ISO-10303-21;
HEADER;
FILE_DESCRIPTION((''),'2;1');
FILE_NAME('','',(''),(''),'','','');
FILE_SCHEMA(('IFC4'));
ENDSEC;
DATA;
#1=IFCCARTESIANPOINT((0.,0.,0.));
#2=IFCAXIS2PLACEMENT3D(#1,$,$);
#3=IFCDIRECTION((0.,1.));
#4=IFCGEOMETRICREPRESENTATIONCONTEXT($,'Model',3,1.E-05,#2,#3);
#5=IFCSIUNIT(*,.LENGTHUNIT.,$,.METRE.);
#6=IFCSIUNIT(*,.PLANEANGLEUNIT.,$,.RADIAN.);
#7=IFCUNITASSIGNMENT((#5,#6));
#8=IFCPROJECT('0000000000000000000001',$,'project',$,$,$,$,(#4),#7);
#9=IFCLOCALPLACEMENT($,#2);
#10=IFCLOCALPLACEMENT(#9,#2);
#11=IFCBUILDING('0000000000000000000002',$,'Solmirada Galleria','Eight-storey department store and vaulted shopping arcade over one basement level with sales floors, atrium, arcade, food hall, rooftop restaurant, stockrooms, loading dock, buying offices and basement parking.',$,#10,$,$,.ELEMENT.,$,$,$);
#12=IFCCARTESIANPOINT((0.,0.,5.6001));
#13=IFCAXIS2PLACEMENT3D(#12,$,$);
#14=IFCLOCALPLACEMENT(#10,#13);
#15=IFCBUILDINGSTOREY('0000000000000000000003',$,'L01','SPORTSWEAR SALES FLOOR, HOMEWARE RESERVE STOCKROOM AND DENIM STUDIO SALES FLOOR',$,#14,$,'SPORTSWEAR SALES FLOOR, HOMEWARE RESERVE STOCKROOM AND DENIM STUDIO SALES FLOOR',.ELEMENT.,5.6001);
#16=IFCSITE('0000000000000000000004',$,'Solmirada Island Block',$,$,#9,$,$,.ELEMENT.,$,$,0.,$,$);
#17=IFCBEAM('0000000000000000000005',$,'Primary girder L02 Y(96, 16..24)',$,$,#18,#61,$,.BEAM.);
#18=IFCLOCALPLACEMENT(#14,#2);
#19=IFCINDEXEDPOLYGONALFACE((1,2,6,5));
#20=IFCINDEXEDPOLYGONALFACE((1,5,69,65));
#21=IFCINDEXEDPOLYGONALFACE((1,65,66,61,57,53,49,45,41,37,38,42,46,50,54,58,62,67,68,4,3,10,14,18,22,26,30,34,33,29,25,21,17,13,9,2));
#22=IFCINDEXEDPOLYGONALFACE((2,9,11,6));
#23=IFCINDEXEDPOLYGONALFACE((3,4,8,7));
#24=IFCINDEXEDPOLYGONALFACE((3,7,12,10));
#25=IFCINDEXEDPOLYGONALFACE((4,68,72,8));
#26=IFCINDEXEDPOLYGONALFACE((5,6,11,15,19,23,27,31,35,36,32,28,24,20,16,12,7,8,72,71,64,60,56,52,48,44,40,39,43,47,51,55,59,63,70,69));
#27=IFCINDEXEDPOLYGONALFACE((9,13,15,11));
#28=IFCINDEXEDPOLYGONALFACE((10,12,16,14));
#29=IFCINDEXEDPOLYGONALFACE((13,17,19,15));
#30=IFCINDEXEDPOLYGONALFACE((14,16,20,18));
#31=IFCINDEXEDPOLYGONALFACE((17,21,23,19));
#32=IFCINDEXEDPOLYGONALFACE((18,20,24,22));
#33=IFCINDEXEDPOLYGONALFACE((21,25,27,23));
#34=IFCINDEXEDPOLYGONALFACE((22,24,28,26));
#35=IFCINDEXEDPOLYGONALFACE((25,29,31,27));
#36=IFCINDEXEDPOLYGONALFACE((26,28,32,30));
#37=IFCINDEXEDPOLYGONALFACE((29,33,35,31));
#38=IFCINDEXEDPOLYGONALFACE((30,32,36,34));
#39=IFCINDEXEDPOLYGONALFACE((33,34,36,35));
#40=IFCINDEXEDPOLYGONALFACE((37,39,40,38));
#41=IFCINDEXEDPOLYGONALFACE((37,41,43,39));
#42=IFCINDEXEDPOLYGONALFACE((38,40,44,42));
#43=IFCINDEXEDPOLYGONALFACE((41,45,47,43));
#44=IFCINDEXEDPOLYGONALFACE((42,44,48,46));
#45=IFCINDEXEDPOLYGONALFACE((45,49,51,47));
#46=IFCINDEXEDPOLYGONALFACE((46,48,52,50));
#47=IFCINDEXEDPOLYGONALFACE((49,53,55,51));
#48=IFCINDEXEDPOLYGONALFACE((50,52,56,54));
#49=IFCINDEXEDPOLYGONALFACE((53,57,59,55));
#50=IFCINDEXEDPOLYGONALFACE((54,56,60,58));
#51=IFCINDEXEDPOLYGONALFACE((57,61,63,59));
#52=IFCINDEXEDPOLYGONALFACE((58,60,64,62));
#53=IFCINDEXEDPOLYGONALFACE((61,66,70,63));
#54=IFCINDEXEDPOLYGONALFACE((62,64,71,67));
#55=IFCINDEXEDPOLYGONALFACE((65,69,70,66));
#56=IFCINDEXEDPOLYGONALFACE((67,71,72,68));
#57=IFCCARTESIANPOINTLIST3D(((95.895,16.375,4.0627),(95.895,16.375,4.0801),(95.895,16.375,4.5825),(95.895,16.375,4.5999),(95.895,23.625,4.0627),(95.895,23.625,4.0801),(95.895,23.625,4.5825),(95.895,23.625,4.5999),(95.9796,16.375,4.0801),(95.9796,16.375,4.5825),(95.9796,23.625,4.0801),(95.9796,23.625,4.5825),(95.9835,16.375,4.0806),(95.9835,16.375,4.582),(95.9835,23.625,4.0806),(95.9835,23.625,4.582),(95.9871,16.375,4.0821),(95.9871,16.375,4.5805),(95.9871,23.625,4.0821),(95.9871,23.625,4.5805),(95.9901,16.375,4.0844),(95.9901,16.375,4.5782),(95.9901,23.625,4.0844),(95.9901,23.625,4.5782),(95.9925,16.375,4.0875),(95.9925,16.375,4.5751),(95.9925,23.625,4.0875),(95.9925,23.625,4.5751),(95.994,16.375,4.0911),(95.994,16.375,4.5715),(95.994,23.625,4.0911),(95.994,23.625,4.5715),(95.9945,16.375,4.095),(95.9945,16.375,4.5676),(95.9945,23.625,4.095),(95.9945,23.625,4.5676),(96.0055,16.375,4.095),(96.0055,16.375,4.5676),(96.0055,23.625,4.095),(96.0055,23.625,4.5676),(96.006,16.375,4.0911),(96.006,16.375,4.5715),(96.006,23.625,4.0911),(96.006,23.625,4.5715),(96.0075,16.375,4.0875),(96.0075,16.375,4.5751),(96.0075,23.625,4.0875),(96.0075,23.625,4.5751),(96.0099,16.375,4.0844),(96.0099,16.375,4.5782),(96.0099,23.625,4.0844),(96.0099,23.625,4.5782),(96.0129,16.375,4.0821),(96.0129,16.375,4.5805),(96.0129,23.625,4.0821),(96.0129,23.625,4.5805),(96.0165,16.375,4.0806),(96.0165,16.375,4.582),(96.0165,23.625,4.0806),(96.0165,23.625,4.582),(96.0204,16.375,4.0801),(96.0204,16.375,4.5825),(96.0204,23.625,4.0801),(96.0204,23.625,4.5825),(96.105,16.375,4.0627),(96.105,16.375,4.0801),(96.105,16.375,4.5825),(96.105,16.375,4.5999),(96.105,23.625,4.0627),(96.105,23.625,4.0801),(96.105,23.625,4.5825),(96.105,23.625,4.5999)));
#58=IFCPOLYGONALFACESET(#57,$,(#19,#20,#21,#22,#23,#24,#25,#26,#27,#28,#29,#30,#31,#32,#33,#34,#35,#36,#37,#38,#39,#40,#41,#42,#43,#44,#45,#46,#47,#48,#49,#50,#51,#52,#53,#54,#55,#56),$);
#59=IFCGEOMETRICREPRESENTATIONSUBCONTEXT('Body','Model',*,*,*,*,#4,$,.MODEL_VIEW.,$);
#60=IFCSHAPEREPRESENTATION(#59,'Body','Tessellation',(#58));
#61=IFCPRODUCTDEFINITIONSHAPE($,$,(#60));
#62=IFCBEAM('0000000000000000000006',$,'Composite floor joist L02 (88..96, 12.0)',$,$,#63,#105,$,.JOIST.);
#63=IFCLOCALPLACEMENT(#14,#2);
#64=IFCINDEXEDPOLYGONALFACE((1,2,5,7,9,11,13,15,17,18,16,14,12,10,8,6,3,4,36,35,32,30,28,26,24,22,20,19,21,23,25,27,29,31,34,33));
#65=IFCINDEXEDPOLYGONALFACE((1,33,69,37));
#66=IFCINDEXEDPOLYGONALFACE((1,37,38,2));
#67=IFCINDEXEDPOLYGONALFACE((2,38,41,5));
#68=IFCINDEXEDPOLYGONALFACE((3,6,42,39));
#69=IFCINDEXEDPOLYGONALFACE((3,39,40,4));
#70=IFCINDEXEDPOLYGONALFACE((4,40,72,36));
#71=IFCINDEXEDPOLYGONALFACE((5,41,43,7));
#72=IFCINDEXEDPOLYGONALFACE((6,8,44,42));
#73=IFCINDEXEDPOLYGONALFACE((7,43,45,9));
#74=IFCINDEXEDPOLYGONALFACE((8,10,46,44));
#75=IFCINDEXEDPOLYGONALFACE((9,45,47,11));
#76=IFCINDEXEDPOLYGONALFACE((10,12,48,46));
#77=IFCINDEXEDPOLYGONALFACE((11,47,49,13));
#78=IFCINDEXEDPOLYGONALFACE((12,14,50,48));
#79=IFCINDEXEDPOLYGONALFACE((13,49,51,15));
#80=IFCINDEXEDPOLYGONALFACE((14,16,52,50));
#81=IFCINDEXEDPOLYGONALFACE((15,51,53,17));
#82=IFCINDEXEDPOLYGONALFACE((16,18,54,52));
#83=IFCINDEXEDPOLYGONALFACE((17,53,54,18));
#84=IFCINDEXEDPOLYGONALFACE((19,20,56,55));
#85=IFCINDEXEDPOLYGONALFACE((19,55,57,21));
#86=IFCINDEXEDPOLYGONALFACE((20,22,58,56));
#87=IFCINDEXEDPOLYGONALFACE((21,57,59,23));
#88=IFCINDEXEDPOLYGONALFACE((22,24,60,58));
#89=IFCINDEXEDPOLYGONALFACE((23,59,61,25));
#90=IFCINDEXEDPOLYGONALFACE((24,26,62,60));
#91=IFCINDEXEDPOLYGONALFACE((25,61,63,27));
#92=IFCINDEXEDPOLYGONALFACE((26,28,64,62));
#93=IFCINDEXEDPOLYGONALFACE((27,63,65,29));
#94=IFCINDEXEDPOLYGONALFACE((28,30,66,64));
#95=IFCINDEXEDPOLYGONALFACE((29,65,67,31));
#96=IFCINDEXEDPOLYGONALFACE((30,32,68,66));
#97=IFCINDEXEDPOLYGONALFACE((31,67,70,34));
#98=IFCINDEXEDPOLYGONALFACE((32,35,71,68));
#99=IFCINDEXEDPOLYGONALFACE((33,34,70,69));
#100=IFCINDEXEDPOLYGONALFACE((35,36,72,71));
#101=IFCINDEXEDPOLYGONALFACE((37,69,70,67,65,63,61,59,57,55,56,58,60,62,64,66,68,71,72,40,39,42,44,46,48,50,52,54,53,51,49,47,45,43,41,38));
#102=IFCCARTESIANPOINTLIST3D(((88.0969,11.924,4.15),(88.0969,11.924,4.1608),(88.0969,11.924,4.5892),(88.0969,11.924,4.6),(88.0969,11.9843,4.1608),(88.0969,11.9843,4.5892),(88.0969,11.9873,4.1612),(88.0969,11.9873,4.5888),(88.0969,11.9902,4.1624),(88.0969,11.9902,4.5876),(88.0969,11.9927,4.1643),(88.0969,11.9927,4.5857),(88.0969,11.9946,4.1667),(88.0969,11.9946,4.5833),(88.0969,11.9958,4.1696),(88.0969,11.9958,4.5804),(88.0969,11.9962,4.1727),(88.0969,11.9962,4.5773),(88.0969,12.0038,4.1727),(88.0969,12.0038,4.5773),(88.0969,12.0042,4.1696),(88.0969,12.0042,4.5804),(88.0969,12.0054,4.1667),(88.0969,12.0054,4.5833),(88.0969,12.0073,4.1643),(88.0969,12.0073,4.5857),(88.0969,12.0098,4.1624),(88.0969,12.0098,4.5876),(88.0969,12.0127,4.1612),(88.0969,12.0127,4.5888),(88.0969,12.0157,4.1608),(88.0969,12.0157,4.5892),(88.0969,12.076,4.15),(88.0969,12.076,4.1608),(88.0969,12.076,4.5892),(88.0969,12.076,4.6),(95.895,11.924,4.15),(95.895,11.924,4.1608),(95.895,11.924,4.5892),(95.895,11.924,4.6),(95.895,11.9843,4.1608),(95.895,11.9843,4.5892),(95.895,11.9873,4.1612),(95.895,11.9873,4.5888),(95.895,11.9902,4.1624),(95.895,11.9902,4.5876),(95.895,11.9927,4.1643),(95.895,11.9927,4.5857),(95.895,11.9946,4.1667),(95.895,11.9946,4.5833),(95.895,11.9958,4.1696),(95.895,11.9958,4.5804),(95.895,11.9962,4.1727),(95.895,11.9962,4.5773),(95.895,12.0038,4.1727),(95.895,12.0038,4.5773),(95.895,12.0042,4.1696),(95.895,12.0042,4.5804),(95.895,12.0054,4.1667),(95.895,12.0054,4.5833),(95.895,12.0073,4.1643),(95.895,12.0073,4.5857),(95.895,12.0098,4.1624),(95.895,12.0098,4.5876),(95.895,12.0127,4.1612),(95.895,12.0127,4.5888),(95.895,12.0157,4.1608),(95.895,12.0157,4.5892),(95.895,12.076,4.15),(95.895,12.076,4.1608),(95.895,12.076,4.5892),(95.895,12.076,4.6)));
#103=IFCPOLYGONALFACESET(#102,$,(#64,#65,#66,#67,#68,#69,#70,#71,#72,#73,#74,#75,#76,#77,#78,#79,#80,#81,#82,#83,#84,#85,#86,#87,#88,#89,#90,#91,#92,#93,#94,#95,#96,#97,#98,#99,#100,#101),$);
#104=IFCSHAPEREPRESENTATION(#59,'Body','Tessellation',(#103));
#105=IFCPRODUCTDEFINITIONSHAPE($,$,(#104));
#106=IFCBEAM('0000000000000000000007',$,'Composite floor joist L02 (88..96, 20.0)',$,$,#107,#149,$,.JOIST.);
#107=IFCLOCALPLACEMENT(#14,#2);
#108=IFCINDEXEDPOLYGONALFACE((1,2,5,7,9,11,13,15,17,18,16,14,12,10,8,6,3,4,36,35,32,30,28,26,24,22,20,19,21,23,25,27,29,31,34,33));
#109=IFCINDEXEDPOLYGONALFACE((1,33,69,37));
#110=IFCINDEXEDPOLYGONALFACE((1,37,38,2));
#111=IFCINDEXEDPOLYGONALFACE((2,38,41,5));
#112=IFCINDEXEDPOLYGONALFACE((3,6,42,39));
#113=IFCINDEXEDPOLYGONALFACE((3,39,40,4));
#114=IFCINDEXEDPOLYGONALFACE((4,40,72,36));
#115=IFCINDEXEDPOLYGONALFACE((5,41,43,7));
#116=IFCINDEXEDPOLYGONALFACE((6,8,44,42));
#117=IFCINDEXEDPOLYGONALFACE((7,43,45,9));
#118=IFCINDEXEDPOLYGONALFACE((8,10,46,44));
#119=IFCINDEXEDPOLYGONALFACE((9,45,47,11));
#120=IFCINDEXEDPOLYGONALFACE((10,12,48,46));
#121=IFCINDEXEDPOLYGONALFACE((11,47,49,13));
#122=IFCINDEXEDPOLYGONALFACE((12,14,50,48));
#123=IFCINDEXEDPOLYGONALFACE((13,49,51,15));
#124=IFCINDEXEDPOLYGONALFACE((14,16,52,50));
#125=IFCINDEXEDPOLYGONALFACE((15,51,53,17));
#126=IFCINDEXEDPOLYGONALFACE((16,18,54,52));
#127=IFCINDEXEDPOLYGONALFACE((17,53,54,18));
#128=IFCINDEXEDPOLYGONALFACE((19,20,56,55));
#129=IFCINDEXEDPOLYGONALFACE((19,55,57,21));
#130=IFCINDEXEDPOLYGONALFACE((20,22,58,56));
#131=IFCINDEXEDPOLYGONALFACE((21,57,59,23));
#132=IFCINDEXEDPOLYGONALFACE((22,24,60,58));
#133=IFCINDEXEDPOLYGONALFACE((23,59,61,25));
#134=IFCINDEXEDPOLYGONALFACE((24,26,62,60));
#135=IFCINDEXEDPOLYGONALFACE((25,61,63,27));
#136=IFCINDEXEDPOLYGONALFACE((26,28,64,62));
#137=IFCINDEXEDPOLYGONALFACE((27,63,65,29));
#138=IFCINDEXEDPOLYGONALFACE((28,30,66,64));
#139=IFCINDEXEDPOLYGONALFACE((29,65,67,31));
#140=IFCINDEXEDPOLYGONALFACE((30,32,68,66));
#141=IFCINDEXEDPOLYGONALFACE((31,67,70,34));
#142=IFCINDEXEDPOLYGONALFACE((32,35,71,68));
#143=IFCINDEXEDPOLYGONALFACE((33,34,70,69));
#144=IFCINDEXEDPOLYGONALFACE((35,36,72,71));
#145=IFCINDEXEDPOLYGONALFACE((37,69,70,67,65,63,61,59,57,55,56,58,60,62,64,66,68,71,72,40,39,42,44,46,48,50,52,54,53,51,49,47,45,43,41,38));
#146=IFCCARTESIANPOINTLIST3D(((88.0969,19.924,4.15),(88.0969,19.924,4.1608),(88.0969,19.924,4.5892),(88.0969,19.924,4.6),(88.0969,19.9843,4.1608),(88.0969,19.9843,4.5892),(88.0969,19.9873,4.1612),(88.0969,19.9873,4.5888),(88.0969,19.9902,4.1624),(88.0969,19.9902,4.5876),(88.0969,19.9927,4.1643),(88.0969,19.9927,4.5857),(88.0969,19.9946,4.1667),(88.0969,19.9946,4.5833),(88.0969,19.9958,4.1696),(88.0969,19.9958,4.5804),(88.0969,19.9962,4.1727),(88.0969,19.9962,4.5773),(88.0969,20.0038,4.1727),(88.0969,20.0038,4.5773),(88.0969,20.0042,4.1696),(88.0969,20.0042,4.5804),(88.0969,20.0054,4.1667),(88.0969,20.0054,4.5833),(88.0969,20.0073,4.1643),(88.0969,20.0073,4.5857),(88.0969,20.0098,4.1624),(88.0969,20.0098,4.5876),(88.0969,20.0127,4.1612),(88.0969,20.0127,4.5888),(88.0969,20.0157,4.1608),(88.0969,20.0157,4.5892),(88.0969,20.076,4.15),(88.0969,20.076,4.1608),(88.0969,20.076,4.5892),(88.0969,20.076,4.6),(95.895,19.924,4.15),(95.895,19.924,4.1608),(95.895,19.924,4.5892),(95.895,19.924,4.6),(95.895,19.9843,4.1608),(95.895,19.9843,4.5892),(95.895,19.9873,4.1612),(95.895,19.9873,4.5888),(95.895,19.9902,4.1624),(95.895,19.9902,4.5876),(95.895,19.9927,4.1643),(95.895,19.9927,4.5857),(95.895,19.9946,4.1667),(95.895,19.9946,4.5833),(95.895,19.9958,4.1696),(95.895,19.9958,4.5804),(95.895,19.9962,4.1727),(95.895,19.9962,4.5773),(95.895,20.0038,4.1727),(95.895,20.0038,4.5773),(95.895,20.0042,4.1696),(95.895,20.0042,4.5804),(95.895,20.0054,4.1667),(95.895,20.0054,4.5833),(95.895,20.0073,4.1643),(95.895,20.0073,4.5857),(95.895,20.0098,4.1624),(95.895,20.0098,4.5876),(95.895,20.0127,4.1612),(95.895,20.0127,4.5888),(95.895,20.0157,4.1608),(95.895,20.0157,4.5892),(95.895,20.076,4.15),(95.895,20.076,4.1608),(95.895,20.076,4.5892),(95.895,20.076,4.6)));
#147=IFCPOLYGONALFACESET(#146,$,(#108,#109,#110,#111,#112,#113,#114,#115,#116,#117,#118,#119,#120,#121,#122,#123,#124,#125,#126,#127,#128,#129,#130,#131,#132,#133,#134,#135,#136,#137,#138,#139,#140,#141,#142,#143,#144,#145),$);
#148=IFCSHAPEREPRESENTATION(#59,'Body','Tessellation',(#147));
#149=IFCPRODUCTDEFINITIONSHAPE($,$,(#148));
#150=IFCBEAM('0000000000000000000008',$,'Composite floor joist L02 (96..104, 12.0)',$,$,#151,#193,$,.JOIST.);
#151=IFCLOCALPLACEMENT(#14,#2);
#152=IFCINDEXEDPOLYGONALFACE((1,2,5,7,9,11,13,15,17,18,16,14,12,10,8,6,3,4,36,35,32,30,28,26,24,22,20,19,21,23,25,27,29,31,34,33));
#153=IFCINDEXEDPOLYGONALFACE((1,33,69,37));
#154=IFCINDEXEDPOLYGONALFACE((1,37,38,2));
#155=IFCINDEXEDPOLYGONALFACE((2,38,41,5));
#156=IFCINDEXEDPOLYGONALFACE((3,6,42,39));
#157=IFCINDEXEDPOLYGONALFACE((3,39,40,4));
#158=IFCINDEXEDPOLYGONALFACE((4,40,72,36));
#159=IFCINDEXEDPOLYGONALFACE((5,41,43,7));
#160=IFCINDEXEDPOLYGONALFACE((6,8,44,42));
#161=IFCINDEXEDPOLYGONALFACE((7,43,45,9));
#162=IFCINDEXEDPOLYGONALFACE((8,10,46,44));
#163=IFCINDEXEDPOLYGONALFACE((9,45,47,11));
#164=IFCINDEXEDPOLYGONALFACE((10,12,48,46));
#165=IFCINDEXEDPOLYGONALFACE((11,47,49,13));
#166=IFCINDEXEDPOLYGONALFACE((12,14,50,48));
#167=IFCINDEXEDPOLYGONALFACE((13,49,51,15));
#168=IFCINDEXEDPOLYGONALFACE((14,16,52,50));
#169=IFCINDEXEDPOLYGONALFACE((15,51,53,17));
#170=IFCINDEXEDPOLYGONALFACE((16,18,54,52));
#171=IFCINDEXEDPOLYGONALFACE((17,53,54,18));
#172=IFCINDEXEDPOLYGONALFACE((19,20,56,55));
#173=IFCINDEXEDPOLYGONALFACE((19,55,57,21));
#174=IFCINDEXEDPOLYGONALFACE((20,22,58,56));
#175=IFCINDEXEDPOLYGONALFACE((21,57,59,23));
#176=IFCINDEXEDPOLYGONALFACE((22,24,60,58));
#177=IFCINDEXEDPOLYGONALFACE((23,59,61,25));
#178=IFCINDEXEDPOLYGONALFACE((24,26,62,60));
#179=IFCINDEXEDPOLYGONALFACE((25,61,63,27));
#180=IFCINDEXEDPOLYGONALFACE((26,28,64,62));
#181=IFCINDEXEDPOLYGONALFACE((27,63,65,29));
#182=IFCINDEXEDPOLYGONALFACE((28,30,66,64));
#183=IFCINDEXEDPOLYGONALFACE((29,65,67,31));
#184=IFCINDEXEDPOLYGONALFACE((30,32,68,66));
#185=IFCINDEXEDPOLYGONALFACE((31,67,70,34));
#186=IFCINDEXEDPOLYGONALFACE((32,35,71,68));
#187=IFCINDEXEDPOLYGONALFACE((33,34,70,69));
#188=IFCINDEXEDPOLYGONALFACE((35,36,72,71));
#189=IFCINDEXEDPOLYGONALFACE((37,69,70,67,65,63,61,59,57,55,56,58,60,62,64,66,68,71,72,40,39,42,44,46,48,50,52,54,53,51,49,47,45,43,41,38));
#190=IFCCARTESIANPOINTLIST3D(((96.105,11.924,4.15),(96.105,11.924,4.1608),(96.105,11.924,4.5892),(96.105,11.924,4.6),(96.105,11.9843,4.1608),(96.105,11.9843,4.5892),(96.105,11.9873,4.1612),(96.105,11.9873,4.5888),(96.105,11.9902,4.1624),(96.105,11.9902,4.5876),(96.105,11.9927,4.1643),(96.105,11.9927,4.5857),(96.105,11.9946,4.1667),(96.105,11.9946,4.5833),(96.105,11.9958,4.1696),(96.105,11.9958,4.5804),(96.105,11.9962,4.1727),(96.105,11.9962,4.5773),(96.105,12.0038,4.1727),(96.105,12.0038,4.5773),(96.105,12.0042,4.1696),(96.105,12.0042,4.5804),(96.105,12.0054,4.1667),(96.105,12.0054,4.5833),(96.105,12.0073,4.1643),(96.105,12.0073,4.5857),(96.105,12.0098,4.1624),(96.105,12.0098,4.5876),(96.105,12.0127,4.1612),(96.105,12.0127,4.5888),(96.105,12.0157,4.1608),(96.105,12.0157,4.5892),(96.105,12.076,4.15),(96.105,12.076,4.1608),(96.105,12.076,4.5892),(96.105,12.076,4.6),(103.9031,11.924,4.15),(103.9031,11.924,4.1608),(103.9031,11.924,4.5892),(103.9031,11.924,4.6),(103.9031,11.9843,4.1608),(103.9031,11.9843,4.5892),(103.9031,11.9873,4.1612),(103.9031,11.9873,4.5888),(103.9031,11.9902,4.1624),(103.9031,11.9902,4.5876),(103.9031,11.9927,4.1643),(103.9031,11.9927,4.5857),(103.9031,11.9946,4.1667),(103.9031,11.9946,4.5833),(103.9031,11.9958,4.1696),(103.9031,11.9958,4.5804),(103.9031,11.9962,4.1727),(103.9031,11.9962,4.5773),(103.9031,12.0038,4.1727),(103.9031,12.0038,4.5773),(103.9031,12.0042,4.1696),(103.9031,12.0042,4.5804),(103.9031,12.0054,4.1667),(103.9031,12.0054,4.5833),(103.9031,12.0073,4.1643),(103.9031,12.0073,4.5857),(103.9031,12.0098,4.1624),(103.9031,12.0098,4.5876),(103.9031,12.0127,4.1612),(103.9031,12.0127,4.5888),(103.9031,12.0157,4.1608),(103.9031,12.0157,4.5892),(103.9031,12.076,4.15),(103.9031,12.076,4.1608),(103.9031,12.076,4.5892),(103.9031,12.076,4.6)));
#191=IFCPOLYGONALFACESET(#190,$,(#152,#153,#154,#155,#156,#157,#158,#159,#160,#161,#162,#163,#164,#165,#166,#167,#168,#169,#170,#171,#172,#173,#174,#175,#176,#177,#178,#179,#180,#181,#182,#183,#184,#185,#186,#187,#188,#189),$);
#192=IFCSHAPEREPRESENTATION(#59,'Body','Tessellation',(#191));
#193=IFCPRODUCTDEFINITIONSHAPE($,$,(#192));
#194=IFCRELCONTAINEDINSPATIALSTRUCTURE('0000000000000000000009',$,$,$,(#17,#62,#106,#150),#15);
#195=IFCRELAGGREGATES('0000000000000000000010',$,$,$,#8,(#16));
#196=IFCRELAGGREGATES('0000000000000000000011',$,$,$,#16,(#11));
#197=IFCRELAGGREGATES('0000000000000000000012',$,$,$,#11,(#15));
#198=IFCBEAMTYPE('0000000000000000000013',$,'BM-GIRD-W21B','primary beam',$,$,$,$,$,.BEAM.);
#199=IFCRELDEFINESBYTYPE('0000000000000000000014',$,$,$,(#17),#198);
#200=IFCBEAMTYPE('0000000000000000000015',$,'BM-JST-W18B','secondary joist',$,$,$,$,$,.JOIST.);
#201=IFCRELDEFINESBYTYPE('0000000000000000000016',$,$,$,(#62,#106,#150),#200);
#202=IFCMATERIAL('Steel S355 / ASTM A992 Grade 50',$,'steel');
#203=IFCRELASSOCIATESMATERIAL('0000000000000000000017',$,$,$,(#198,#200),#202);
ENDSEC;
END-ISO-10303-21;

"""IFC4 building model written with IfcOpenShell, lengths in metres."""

from ifc_helpers import new_model, si_unit, direction, frame, origin, origin_2d, place, context, subcontext, project, spatial, i_section, extrude, material, material_profile, profile_set, type_object, element, save


model = new_model("IFC4")

# Units and contexts
model_context = context("Model", 3, precision=1e-05, world=origin(), true_north=direction((0.0, 1.0)))
body_context = subcontext(model_context, "Body", "Model", "MODEL_VIEW")
ifc_project = project(units=[si_unit("LENGTHUNIT", "METRE"), si_unit("PLANEANGLEUNIT", "RADIAN")], contexts=[model_context])

# Site, building, storey
site_placement = place(None, origin())
site = spatial("IfcSite", under=ifc_project, at=site_placement, Name="Solmirada Island Block", CompositionType="ELEMENT", RefElevation=0.0)
building_placement = place(site_placement, origin())
building = spatial("IfcBuilding", under=site, at=building_placement, Name="Solmirada Galleria", Description="Eight-storey department store and vaulted shopping arcade over one basement level with sales floors, atrium, arcade, food hall, rooftop restaurant, stockrooms, loading dock, buying offices and basement parking.", CompositionType="ELEMENT")
storey_placement = place(building_placement, frame((0.0, 0.0, 5.6001)))
storey = spatial("IfcBuildingStorey", under=building, at=storey_placement, Name="L01", Description="SPORTSWEAR SALES FLOOR, HOMEWARE RESERVE STOCKROOM AND DENIM STUDIO SALES FLOOR", LongName="SPORTSWEAR SALES FLOOR, HOMEWARE RESERVE STOCKROOM AND DENIM STUDIO SALES FLOOR", CompositionType="ELEMENT", Elevation=5.6001)

# Beams
ifc_material_1 = material(Name="Steel S355 / ASTM A992 Grade 50", Category="steel")
ifc_material_profile_1 = material_profile(ifc_material_1, i_section(OverallWidth=0.21, OverallDepth=0.5371, WebThickness=0.011, FlangeThickness=0.0173, FilletRadius=0.0149, at=origin_2d()), Name="W21X68")
ifc_profile_set_1 = profile_set([ifc_material_profile_1], Name="Steel S355 / ASTM A992 Grade 50")
beam_type_1 = type_object("IfcBeamType", Name="BM-GIRD-W21B", Description="primary beam", PredefinedType="BEAM", material=ifc_profile_set_1)
beam_1_placement = place(storey_placement, frame((96.0, 16.375, 4.3313), z_axis=(0.0, 1.0, 0.0), x_axis=(-1.0, 0.0, 0.0)))
element("IfcBeam", 1, at=beam_1_placement, inside=storey, type_object=beam_type_1, Name="Primary girder L02 Y(96, 16..24)", PredefinedType="BEAM", context=body_context, shape_type="SweptSolid", body=[
    extrude(i_section(OverallWidth=0.21, OverallDepth=0.5371, WebThickness=0.011, FlangeThickness=0.0173, FilletRadius=0.0149, at=origin_2d()), origin(), (0.0, 0.0, 1.0), 7.25),
])
ifc_material_profile_2 = material_profile(ifc_material_1, i_section(OverallWidth=0.1521, OverallDepth=0.45, WebThickness=0.0076, FlangeThickness=0.0107, FilletRadius=0.012, at=origin_2d()), Name="W18X35")
ifc_profile_set_2 = profile_set([ifc_material_profile_2], Name="Steel S355 / ASTM A992 Grade 50")
beam_type_2 = type_object("IfcBeamType", Name="BM-JST-W18B", Description="secondary joist", PredefinedType="JOIST", material=ifc_profile_set_2)
for number, where, z_axis, x_axis, name in (
    (2, (88.0969, 12.0, 4.375), (1.0, 0.0, 0.0), (0.0, 1.0, 0.0), "Composite floor joist L02 (88..96, 12.0)"),
    (3, (88.0969, 20.0, 4.375), (1.0, 0.0, 0.0), (0.0, 1.0, 0.0), "Composite floor joist L02 (88..96, 20.0)"),
    (4, (96.105, 12.0, 4.375), (1.0, 0.0, 0.0), (0.0, 1.0, 0.0), "Composite floor joist L02 (96..104, 12.0)"),
):
    element("IfcBeam", number, at=place(storey_placement, frame(where, z_axis=z_axis, x_axis=x_axis)), inside=storey, type_object=beam_type_2, Name=name, PredefinedType="JOIST", context=body_context, shape_type="SweptSolid", body=[
        extrude(i_section(OverallWidth=0.1521, OverallDepth=0.45, WebThickness=0.0076, FlangeThickness=0.0107, FilletRadius=0.012, at=origin_2d()), origin(), (0.0, 0.0, 1.0), 7.7981),
    ])

save(model, "model.ifc")
